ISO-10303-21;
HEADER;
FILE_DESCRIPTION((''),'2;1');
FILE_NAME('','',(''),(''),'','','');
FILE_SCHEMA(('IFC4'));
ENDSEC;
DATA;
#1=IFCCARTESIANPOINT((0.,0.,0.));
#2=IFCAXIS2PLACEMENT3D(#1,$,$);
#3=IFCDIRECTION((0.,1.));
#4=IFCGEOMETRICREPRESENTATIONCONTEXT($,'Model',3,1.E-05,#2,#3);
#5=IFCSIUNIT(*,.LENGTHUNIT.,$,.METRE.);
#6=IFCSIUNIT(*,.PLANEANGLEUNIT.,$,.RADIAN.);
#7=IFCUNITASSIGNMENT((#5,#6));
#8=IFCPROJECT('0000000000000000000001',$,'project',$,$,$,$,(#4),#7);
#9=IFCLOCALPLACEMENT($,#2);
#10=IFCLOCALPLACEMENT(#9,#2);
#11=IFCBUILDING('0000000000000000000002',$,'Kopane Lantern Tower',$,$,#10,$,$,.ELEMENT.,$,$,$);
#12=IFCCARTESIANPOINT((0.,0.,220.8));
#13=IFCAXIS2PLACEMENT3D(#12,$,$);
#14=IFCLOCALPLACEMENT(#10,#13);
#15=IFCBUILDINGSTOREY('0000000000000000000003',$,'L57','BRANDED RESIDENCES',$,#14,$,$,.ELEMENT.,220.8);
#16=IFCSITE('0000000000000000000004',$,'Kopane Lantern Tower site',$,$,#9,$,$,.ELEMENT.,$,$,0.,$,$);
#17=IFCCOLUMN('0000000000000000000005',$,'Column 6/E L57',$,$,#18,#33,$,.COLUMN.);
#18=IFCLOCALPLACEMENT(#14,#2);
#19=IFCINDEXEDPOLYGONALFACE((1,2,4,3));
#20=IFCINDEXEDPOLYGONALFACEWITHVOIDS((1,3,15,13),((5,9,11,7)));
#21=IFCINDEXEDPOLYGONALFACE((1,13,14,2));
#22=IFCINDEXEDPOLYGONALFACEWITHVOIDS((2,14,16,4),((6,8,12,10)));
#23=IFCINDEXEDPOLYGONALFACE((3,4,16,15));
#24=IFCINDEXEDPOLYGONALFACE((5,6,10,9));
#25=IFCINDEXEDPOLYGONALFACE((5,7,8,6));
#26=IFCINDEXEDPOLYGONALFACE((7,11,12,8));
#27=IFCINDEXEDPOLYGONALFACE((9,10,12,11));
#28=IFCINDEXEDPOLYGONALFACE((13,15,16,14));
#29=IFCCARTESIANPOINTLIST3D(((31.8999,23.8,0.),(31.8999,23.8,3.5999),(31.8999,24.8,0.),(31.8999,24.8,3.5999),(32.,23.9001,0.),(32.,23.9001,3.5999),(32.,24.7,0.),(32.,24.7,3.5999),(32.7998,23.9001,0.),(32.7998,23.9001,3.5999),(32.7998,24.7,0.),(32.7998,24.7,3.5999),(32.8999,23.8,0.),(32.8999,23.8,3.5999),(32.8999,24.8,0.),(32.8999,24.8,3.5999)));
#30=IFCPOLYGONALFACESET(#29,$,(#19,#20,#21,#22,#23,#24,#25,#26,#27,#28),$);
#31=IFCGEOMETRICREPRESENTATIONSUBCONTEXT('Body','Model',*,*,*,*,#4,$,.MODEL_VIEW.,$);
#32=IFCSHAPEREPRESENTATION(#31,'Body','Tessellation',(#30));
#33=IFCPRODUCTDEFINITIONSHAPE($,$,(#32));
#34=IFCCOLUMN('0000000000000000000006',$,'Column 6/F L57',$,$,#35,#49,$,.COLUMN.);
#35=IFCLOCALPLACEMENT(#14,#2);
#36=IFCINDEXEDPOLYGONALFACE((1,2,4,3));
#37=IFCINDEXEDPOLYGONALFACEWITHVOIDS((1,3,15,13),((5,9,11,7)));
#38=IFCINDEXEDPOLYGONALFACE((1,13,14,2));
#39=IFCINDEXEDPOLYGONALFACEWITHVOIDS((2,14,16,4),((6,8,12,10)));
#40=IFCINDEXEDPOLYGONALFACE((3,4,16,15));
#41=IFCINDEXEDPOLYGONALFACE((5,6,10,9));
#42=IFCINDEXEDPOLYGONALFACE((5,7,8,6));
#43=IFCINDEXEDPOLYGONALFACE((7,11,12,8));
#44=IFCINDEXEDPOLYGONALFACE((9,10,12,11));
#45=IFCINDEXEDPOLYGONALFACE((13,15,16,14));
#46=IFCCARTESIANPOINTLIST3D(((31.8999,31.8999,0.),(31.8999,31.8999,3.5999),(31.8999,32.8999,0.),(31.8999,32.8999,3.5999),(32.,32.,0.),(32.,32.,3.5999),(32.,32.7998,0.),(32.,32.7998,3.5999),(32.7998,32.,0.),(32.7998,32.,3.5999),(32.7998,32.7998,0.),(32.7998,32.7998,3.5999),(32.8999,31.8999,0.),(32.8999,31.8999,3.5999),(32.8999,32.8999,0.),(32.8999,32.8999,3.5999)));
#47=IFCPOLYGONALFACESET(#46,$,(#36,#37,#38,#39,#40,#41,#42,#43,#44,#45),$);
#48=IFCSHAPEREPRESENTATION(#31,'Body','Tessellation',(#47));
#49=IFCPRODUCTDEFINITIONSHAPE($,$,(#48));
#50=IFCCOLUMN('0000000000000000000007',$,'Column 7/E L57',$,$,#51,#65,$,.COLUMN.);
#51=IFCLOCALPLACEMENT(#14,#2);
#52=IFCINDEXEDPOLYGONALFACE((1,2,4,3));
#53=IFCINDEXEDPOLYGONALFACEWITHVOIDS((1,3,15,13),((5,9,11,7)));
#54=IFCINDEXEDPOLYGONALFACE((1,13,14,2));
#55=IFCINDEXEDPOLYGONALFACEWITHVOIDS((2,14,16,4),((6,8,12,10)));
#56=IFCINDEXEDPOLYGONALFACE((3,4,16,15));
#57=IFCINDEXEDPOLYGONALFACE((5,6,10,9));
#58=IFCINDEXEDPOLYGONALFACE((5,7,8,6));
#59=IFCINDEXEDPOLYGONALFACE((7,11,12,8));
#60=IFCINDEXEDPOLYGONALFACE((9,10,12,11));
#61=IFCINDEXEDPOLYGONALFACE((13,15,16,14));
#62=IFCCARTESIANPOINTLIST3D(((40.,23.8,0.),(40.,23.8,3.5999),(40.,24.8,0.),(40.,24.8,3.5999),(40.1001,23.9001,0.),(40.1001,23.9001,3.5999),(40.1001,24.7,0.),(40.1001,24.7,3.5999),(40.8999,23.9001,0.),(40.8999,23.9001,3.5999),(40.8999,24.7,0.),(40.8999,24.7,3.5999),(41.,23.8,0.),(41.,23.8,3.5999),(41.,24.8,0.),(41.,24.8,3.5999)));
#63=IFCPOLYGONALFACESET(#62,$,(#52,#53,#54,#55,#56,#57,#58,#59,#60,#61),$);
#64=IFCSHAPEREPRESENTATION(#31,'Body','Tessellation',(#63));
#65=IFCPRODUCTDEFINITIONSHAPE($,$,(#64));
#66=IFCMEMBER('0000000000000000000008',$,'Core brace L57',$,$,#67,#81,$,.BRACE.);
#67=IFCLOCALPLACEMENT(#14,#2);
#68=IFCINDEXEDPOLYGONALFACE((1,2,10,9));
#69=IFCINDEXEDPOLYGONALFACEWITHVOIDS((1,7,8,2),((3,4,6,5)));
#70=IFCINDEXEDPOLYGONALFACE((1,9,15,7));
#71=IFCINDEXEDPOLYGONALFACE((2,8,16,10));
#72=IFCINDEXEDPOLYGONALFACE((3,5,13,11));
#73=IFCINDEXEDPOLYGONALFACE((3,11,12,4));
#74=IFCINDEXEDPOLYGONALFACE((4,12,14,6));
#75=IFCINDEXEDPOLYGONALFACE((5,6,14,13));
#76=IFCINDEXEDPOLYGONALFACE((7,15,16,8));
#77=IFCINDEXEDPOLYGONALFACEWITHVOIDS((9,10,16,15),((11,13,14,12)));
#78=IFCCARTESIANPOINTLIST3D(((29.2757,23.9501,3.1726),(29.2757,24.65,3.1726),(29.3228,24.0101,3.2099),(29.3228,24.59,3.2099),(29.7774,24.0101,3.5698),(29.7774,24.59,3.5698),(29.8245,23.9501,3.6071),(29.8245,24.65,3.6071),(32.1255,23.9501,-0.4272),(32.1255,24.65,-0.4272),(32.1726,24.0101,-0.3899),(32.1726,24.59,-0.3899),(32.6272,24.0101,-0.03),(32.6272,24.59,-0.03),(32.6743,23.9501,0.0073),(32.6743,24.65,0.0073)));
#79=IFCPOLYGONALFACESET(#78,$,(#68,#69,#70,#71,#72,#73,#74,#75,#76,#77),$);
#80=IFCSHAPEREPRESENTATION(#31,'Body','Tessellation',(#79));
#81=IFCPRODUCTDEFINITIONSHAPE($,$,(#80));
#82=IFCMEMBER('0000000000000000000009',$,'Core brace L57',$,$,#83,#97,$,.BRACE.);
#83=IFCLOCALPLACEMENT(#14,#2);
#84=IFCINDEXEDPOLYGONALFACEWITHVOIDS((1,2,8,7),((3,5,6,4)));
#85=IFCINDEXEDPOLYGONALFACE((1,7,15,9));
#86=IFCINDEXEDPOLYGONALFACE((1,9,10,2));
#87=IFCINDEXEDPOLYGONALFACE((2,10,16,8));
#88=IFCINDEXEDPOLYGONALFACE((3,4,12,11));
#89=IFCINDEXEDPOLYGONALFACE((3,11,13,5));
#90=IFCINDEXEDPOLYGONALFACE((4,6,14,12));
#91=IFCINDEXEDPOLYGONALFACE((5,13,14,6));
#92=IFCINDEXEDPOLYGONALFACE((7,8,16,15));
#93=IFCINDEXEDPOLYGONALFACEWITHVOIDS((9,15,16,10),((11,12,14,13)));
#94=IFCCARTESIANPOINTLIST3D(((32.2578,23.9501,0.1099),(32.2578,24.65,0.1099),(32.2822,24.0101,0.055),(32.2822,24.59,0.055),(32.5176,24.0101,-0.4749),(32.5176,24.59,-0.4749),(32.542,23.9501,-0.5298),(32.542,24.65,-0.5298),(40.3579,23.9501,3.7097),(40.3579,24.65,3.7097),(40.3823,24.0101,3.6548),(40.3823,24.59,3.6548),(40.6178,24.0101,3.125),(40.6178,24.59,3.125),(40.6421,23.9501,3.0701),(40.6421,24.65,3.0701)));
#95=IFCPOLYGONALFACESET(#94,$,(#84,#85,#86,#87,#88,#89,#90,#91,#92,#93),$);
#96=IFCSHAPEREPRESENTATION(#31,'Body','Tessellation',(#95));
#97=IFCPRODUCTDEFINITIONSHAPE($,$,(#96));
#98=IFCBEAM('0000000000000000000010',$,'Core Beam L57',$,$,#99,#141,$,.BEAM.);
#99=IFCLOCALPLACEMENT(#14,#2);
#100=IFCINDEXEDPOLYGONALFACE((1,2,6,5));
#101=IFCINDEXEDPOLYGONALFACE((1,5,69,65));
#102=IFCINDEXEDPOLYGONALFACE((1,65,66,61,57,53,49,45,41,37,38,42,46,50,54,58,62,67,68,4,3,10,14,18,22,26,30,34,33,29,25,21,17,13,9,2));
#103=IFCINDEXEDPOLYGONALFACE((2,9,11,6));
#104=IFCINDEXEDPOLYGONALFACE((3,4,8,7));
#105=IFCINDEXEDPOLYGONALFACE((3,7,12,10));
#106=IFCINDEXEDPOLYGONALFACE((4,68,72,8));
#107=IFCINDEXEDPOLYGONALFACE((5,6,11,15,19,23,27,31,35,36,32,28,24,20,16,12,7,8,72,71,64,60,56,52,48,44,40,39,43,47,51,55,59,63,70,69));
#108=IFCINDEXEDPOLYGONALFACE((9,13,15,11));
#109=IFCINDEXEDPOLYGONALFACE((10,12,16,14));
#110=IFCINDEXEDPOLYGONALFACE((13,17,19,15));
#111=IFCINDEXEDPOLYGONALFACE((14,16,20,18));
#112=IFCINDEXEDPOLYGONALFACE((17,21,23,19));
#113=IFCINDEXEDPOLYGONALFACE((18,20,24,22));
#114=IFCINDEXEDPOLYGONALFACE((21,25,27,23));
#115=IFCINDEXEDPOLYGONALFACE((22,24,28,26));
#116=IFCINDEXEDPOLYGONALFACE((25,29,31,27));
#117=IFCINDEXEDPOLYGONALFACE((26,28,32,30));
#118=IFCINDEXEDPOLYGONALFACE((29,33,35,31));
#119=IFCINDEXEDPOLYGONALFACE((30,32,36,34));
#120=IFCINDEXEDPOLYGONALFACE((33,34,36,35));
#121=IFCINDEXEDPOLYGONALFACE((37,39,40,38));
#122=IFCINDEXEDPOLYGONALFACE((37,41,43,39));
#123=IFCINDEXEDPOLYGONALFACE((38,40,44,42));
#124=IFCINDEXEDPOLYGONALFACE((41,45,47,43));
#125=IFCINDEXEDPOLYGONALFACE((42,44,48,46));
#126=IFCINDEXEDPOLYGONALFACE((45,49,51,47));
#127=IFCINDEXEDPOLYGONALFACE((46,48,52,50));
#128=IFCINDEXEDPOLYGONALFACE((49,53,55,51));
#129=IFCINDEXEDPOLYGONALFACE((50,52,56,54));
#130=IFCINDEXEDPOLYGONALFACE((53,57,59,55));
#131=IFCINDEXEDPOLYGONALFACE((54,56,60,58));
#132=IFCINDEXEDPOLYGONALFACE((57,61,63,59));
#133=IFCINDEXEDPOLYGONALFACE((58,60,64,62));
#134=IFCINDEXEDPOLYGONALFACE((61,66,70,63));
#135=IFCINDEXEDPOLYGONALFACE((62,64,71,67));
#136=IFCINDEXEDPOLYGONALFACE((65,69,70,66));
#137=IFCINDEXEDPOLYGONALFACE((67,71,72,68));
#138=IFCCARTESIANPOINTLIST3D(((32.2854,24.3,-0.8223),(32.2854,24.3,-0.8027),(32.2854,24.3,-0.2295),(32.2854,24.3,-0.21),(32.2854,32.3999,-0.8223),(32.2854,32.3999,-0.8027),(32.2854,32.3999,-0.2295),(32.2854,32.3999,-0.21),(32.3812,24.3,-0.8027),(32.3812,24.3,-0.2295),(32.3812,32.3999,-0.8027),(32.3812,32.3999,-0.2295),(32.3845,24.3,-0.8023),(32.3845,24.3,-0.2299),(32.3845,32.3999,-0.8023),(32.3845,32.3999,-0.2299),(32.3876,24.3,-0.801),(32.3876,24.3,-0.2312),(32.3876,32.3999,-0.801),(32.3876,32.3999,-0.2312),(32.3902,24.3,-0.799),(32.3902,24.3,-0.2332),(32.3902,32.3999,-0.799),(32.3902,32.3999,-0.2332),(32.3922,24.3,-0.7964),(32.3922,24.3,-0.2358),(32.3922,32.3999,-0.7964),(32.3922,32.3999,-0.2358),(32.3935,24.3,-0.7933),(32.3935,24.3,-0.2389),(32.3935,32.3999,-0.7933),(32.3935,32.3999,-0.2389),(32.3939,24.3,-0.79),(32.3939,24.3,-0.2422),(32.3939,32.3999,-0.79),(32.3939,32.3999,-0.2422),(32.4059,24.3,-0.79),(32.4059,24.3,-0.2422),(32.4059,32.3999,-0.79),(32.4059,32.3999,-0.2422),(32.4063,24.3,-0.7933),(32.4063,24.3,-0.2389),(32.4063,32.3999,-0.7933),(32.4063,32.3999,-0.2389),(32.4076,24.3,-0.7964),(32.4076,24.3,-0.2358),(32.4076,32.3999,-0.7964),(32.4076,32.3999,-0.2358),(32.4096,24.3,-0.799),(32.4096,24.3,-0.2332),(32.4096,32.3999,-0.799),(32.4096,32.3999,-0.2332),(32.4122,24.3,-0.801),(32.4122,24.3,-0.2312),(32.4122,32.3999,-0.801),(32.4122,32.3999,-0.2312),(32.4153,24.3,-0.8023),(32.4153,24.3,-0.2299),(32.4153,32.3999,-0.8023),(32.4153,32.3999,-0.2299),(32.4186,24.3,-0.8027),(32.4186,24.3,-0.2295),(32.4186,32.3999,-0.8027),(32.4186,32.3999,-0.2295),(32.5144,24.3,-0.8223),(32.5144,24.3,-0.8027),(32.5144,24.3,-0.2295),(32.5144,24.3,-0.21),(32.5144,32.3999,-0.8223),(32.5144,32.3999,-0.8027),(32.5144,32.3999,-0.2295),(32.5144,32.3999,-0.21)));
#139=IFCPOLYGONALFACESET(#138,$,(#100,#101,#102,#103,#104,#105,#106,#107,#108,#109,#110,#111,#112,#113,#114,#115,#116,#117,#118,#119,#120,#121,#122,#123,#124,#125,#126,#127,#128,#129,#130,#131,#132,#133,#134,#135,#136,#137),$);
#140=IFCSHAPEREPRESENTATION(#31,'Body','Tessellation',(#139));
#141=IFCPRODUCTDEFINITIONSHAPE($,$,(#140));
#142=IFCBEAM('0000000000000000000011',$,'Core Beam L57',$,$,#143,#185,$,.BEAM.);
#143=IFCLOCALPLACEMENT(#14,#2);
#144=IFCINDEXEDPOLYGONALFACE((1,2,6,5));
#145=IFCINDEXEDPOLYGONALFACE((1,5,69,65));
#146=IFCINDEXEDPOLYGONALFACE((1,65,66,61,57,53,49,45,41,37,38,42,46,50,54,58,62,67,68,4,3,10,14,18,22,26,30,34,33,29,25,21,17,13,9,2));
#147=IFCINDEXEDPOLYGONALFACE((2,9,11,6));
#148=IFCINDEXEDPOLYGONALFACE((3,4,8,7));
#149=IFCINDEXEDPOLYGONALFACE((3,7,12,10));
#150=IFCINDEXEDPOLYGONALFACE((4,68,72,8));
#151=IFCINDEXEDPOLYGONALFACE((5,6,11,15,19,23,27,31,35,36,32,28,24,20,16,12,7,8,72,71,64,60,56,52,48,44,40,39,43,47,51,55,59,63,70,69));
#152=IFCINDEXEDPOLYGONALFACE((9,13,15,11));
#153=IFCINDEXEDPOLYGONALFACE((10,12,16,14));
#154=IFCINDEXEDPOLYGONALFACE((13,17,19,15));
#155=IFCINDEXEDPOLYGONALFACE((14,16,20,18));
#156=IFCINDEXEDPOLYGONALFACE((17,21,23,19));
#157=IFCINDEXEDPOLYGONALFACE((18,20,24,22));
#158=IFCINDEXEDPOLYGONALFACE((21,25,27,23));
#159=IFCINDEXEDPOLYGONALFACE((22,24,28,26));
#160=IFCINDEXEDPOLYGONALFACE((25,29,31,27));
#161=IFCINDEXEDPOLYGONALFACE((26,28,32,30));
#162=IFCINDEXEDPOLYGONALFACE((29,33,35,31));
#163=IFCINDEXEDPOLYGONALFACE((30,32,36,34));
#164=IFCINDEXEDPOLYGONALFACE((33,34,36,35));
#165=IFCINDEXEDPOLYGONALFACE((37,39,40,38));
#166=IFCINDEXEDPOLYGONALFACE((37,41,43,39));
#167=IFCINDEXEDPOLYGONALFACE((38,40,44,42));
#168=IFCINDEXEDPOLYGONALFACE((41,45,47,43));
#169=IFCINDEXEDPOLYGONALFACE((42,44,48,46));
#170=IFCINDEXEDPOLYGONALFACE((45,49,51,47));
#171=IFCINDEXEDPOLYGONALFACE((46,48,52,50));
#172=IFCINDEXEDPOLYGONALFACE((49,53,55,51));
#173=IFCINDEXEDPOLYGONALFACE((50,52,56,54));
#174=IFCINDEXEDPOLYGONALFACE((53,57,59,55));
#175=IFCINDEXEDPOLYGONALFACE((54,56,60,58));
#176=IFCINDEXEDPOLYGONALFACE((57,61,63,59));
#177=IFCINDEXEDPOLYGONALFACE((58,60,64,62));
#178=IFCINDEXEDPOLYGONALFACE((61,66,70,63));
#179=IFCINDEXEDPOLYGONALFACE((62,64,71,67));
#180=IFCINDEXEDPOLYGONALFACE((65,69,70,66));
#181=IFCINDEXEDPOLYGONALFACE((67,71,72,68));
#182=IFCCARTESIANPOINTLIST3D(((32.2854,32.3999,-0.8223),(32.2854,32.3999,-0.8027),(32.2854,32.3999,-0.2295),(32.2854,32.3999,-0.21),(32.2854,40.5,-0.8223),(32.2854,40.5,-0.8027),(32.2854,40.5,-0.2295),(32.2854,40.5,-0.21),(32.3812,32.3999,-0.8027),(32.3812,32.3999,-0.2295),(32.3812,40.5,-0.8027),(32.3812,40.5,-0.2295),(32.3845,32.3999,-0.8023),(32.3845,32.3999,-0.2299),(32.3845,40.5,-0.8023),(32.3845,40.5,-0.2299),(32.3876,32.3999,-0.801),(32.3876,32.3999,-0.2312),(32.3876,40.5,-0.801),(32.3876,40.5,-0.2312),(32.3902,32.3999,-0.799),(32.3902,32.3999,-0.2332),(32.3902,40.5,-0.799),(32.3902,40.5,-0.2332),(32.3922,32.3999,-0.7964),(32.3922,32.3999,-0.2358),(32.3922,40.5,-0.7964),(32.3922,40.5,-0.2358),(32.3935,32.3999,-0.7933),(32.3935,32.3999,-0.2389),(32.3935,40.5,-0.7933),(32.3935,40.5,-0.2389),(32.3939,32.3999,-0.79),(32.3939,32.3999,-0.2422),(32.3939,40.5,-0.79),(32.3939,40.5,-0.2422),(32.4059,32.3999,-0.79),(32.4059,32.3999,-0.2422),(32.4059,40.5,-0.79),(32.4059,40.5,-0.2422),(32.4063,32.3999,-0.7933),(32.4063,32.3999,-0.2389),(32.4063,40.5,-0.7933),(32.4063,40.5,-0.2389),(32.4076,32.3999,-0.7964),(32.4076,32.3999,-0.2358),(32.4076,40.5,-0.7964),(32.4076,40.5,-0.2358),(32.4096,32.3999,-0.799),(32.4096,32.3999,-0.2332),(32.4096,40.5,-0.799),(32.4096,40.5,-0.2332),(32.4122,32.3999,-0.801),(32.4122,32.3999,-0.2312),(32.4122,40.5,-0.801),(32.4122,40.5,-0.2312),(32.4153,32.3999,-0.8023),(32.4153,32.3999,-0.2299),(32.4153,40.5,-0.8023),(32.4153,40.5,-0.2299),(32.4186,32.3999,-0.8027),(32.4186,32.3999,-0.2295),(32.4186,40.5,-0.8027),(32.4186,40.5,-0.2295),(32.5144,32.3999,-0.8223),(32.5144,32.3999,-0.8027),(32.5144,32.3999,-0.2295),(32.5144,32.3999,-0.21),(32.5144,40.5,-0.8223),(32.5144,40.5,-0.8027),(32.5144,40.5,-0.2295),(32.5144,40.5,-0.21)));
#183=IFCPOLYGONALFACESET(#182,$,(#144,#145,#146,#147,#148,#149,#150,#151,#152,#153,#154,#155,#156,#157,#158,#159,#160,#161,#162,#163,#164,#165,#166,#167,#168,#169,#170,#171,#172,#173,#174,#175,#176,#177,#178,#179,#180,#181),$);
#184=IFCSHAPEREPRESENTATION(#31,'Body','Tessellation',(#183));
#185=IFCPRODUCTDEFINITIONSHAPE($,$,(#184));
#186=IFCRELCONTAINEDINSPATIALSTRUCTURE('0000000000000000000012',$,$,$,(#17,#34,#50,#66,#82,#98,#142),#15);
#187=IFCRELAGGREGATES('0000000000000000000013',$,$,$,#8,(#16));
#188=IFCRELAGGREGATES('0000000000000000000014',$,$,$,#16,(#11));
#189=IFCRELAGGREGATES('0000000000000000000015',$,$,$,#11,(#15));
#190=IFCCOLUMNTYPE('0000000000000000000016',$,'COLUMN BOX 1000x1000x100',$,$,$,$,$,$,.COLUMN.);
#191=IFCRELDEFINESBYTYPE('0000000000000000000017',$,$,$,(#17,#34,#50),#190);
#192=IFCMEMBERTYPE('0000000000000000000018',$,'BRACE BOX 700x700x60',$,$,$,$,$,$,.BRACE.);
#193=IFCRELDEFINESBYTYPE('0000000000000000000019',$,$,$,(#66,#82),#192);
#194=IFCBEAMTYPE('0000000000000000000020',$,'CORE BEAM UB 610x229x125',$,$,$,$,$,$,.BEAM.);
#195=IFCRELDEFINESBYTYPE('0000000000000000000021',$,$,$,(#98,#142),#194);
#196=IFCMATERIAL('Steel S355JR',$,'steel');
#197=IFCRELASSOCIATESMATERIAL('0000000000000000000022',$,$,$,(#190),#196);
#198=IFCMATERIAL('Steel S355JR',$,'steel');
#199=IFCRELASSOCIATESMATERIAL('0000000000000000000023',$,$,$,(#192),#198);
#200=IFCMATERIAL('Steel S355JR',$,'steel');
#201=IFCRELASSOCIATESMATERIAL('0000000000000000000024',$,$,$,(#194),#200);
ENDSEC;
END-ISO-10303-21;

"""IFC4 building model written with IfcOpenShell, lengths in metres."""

from ifc_helpers import new_model, si_unit, direction, frame, origin, origin_2d, place, context, subcontext, project, spatial, hollow_rectangle, i_section, extrude, material, material_profile, profile_set, type_object, element, save


model = new_model("IFC4")

# Units and contexts
model_context = context("Model", 3, precision=1e-05, world=origin(), true_north=direction((0.0, 1.0)))
body_context = subcontext(model_context, "Body", "Model", "MODEL_VIEW")
ifc_project = project(units=[si_unit("LENGTHUNIT", "METRE"), si_unit("PLANEANGLEUNIT", "RADIAN")], contexts=[model_context])

# Site, building, storey
site_placement = place(None, origin())
site = spatial("IfcSite", under=ifc_project, at=site_placement, Name="Kopane Lantern Tower site", CompositionType="ELEMENT", RefElevation=0.0)
building_placement = place(site_placement, origin())
building = spatial("IfcBuilding", under=site, at=building_placement, Name="Kopane Lantern Tower", CompositionType="ELEMENT")
storey_placement = place(building_placement, frame((0.0, 0.0, 220.8)))
storey = spatial("IfcBuildingStorey", under=building, at=storey_placement, Name="L57", Description="BRANDED RESIDENCES", CompositionType="ELEMENT", Elevation=220.8)

# Columns
ifc_material_1 = material(Name="Steel S355JR", Category="steel")
ifc_material_profile_1 = material_profile(ifc_material_1, hollow_rectangle(XDim=1.0, YDim=1.0, WallThickness=0.1001, at=origin_2d()), Name="BOX 1000x1000x100")
ifc_profile_set_1 = profile_set([ifc_material_profile_1], Name="Steel S355JR")
column_type = type_object("IfcColumnType", Name="COLUMN BOX 1000x1000x100", PredefinedType="COLUMN", material=ifc_profile_set_1)
for number, where, z_axis, x_axis, name in (
    (1, (32.3999, 24.3, 0.0), (0.0, 0.0, 1.0), (1.0, 0.0, 0.0), "Column 6/E L57"),
    (2, (32.3999, 32.3999, 0.0), (0.0, 0.0, 1.0), (1.0, 0.0, 0.0), "Column 6/F L57"),
    (3, (40.5, 24.3, 0.0), (0.0, 0.0, 1.0), (1.0, 0.0, 0.0), "Column 7/E L57"),
):
    element("IfcColumn", number, at=place(storey_placement, frame(where, z_axis=z_axis, x_axis=x_axis)), inside=storey, type_object=column_type, Name=name, PredefinedType="COLUMN", context=body_context, shape_type="SweptSolid", body=[
        extrude(hollow_rectangle(XDim=1.0, YDim=1.0, WallThickness=0.1001, at=origin_2d()), origin(), (0.0, 0.0, 1.0), 3.5999),
    ])

# Members
ifc_material_2 = material(Name="Steel S355JR", Category="steel")
ifc_material_profile_2 = material_profile(ifc_material_2, hollow_rectangle(XDim=0.7, YDim=0.7, WallThickness=0.0601, at=origin_2d()), Name="BOX 700x700x60")
ifc_profile_set_2 = profile_set([ifc_material_profile_2], Name="Steel S355JR")
member_type = type_object("IfcMemberType", Name="BRACE BOX 700x700x60", PredefinedType="BRACE", material=ifc_profile_set_2)
member_1_placement = place(storey_placement, frame((32.3999, 24.3, -0.21), z_axis=(-0.620699, 0.0, 0.784049), x_axis=(0.0, -1.0, 0.0)))
element("IfcMember", 4, at=member_1_placement, inside=storey, type_object=member_type, Name="Core brace L57", PredefinedType="BRACE", context=body_context, shape_type="SweptSolid", body=[
    extrude(hollow_rectangle(XDim=0.7, YDim=0.7, WallThickness=0.0601, at=origin_2d()), origin(), (0.0, 0.0, 1.0), 4.5913),
])
member_2_placement = place(storey_placement, frame((32.3999, 24.3, -0.21), z_axis=(0.913819, 0.0, 0.406121), x_axis=(0.0, 1.0, 0.0)))
element("IfcMember", 5, at=member_2_placement, inside=storey, type_object=member_type, Name="Core brace L57", PredefinedType="BRACE", context=body_context, shape_type="SweptSolid", body=[
    extrude(hollow_rectangle(XDim=0.7, YDim=0.7, WallThickness=0.0601, at=origin_2d()), origin(), (0.0, 0.0, 1.0), 8.864),
])

# Beams
ifc_material_3 = material(Name="Steel S355JR", Category="steel")
ifc_material_profile_3 = material_profile(ifc_material_3, i_section(OverallWidth=0.229, OverallDepth=0.6123, WebThickness=0.012, FlangeThickness=0.0195, FilletRadius=0.0127, at=origin_2d()), Name="UB 610x229x125")
ifc_profile_set_3 = profile_set([ifc_material_profile_3], Name="Steel S355JR")
beam_type_1 = type_object("IfcBeamType", Name="CORE BEAM UB 610x229x125", PredefinedType="BEAM", material=ifc_profile_set_3)
beam_1_placement = place(storey_placement, frame((32.3999, 24.3, -0.5161), z_axis=(0.0, 1.0, 0.0), x_axis=(-1.0, 0.0, 0.0)))
element("IfcBeam", 6, at=beam_1_placement, inside=storey, type_object=beam_type_1, Name="Core Beam L57", PredefinedType="BEAM", context=body_context, shape_type="SweptSolid", body=[
    extrude(i_section(OverallWidth=0.229, OverallDepth=0.6123, WebThickness=0.012, FlangeThickness=0.0195, FilletRadius=0.0127, at=origin_2d()), origin(), (0.0, 0.0, 1.0), 8.0999),
])
for number, where, z_axis, x_axis, name in (
    (7, (32.3999, 32.3999, -0.5161), (0.0, 1.0, 0.0), (-1.0, 0.0, 0.0), "Core Beam L57"),
):
    element("IfcBeam", number, at=place(storey_placement, frame(where, z_axis=z_axis, x_axis=x_axis)), inside=storey, type_object=beam_type_1, Name=name, PredefinedType="BEAM", context=body_context, shape_type="SweptSolid", body=[
        extrude(i_section(OverallWidth=0.229, OverallDepth=0.6123, WebThickness=0.012, FlangeThickness=0.0195, FilletRadius=0.0127, at=origin_2d()), origin(), (0.0, 0.0, 1.0), 8.1001),
    ])

save(model, "model.ifc")
